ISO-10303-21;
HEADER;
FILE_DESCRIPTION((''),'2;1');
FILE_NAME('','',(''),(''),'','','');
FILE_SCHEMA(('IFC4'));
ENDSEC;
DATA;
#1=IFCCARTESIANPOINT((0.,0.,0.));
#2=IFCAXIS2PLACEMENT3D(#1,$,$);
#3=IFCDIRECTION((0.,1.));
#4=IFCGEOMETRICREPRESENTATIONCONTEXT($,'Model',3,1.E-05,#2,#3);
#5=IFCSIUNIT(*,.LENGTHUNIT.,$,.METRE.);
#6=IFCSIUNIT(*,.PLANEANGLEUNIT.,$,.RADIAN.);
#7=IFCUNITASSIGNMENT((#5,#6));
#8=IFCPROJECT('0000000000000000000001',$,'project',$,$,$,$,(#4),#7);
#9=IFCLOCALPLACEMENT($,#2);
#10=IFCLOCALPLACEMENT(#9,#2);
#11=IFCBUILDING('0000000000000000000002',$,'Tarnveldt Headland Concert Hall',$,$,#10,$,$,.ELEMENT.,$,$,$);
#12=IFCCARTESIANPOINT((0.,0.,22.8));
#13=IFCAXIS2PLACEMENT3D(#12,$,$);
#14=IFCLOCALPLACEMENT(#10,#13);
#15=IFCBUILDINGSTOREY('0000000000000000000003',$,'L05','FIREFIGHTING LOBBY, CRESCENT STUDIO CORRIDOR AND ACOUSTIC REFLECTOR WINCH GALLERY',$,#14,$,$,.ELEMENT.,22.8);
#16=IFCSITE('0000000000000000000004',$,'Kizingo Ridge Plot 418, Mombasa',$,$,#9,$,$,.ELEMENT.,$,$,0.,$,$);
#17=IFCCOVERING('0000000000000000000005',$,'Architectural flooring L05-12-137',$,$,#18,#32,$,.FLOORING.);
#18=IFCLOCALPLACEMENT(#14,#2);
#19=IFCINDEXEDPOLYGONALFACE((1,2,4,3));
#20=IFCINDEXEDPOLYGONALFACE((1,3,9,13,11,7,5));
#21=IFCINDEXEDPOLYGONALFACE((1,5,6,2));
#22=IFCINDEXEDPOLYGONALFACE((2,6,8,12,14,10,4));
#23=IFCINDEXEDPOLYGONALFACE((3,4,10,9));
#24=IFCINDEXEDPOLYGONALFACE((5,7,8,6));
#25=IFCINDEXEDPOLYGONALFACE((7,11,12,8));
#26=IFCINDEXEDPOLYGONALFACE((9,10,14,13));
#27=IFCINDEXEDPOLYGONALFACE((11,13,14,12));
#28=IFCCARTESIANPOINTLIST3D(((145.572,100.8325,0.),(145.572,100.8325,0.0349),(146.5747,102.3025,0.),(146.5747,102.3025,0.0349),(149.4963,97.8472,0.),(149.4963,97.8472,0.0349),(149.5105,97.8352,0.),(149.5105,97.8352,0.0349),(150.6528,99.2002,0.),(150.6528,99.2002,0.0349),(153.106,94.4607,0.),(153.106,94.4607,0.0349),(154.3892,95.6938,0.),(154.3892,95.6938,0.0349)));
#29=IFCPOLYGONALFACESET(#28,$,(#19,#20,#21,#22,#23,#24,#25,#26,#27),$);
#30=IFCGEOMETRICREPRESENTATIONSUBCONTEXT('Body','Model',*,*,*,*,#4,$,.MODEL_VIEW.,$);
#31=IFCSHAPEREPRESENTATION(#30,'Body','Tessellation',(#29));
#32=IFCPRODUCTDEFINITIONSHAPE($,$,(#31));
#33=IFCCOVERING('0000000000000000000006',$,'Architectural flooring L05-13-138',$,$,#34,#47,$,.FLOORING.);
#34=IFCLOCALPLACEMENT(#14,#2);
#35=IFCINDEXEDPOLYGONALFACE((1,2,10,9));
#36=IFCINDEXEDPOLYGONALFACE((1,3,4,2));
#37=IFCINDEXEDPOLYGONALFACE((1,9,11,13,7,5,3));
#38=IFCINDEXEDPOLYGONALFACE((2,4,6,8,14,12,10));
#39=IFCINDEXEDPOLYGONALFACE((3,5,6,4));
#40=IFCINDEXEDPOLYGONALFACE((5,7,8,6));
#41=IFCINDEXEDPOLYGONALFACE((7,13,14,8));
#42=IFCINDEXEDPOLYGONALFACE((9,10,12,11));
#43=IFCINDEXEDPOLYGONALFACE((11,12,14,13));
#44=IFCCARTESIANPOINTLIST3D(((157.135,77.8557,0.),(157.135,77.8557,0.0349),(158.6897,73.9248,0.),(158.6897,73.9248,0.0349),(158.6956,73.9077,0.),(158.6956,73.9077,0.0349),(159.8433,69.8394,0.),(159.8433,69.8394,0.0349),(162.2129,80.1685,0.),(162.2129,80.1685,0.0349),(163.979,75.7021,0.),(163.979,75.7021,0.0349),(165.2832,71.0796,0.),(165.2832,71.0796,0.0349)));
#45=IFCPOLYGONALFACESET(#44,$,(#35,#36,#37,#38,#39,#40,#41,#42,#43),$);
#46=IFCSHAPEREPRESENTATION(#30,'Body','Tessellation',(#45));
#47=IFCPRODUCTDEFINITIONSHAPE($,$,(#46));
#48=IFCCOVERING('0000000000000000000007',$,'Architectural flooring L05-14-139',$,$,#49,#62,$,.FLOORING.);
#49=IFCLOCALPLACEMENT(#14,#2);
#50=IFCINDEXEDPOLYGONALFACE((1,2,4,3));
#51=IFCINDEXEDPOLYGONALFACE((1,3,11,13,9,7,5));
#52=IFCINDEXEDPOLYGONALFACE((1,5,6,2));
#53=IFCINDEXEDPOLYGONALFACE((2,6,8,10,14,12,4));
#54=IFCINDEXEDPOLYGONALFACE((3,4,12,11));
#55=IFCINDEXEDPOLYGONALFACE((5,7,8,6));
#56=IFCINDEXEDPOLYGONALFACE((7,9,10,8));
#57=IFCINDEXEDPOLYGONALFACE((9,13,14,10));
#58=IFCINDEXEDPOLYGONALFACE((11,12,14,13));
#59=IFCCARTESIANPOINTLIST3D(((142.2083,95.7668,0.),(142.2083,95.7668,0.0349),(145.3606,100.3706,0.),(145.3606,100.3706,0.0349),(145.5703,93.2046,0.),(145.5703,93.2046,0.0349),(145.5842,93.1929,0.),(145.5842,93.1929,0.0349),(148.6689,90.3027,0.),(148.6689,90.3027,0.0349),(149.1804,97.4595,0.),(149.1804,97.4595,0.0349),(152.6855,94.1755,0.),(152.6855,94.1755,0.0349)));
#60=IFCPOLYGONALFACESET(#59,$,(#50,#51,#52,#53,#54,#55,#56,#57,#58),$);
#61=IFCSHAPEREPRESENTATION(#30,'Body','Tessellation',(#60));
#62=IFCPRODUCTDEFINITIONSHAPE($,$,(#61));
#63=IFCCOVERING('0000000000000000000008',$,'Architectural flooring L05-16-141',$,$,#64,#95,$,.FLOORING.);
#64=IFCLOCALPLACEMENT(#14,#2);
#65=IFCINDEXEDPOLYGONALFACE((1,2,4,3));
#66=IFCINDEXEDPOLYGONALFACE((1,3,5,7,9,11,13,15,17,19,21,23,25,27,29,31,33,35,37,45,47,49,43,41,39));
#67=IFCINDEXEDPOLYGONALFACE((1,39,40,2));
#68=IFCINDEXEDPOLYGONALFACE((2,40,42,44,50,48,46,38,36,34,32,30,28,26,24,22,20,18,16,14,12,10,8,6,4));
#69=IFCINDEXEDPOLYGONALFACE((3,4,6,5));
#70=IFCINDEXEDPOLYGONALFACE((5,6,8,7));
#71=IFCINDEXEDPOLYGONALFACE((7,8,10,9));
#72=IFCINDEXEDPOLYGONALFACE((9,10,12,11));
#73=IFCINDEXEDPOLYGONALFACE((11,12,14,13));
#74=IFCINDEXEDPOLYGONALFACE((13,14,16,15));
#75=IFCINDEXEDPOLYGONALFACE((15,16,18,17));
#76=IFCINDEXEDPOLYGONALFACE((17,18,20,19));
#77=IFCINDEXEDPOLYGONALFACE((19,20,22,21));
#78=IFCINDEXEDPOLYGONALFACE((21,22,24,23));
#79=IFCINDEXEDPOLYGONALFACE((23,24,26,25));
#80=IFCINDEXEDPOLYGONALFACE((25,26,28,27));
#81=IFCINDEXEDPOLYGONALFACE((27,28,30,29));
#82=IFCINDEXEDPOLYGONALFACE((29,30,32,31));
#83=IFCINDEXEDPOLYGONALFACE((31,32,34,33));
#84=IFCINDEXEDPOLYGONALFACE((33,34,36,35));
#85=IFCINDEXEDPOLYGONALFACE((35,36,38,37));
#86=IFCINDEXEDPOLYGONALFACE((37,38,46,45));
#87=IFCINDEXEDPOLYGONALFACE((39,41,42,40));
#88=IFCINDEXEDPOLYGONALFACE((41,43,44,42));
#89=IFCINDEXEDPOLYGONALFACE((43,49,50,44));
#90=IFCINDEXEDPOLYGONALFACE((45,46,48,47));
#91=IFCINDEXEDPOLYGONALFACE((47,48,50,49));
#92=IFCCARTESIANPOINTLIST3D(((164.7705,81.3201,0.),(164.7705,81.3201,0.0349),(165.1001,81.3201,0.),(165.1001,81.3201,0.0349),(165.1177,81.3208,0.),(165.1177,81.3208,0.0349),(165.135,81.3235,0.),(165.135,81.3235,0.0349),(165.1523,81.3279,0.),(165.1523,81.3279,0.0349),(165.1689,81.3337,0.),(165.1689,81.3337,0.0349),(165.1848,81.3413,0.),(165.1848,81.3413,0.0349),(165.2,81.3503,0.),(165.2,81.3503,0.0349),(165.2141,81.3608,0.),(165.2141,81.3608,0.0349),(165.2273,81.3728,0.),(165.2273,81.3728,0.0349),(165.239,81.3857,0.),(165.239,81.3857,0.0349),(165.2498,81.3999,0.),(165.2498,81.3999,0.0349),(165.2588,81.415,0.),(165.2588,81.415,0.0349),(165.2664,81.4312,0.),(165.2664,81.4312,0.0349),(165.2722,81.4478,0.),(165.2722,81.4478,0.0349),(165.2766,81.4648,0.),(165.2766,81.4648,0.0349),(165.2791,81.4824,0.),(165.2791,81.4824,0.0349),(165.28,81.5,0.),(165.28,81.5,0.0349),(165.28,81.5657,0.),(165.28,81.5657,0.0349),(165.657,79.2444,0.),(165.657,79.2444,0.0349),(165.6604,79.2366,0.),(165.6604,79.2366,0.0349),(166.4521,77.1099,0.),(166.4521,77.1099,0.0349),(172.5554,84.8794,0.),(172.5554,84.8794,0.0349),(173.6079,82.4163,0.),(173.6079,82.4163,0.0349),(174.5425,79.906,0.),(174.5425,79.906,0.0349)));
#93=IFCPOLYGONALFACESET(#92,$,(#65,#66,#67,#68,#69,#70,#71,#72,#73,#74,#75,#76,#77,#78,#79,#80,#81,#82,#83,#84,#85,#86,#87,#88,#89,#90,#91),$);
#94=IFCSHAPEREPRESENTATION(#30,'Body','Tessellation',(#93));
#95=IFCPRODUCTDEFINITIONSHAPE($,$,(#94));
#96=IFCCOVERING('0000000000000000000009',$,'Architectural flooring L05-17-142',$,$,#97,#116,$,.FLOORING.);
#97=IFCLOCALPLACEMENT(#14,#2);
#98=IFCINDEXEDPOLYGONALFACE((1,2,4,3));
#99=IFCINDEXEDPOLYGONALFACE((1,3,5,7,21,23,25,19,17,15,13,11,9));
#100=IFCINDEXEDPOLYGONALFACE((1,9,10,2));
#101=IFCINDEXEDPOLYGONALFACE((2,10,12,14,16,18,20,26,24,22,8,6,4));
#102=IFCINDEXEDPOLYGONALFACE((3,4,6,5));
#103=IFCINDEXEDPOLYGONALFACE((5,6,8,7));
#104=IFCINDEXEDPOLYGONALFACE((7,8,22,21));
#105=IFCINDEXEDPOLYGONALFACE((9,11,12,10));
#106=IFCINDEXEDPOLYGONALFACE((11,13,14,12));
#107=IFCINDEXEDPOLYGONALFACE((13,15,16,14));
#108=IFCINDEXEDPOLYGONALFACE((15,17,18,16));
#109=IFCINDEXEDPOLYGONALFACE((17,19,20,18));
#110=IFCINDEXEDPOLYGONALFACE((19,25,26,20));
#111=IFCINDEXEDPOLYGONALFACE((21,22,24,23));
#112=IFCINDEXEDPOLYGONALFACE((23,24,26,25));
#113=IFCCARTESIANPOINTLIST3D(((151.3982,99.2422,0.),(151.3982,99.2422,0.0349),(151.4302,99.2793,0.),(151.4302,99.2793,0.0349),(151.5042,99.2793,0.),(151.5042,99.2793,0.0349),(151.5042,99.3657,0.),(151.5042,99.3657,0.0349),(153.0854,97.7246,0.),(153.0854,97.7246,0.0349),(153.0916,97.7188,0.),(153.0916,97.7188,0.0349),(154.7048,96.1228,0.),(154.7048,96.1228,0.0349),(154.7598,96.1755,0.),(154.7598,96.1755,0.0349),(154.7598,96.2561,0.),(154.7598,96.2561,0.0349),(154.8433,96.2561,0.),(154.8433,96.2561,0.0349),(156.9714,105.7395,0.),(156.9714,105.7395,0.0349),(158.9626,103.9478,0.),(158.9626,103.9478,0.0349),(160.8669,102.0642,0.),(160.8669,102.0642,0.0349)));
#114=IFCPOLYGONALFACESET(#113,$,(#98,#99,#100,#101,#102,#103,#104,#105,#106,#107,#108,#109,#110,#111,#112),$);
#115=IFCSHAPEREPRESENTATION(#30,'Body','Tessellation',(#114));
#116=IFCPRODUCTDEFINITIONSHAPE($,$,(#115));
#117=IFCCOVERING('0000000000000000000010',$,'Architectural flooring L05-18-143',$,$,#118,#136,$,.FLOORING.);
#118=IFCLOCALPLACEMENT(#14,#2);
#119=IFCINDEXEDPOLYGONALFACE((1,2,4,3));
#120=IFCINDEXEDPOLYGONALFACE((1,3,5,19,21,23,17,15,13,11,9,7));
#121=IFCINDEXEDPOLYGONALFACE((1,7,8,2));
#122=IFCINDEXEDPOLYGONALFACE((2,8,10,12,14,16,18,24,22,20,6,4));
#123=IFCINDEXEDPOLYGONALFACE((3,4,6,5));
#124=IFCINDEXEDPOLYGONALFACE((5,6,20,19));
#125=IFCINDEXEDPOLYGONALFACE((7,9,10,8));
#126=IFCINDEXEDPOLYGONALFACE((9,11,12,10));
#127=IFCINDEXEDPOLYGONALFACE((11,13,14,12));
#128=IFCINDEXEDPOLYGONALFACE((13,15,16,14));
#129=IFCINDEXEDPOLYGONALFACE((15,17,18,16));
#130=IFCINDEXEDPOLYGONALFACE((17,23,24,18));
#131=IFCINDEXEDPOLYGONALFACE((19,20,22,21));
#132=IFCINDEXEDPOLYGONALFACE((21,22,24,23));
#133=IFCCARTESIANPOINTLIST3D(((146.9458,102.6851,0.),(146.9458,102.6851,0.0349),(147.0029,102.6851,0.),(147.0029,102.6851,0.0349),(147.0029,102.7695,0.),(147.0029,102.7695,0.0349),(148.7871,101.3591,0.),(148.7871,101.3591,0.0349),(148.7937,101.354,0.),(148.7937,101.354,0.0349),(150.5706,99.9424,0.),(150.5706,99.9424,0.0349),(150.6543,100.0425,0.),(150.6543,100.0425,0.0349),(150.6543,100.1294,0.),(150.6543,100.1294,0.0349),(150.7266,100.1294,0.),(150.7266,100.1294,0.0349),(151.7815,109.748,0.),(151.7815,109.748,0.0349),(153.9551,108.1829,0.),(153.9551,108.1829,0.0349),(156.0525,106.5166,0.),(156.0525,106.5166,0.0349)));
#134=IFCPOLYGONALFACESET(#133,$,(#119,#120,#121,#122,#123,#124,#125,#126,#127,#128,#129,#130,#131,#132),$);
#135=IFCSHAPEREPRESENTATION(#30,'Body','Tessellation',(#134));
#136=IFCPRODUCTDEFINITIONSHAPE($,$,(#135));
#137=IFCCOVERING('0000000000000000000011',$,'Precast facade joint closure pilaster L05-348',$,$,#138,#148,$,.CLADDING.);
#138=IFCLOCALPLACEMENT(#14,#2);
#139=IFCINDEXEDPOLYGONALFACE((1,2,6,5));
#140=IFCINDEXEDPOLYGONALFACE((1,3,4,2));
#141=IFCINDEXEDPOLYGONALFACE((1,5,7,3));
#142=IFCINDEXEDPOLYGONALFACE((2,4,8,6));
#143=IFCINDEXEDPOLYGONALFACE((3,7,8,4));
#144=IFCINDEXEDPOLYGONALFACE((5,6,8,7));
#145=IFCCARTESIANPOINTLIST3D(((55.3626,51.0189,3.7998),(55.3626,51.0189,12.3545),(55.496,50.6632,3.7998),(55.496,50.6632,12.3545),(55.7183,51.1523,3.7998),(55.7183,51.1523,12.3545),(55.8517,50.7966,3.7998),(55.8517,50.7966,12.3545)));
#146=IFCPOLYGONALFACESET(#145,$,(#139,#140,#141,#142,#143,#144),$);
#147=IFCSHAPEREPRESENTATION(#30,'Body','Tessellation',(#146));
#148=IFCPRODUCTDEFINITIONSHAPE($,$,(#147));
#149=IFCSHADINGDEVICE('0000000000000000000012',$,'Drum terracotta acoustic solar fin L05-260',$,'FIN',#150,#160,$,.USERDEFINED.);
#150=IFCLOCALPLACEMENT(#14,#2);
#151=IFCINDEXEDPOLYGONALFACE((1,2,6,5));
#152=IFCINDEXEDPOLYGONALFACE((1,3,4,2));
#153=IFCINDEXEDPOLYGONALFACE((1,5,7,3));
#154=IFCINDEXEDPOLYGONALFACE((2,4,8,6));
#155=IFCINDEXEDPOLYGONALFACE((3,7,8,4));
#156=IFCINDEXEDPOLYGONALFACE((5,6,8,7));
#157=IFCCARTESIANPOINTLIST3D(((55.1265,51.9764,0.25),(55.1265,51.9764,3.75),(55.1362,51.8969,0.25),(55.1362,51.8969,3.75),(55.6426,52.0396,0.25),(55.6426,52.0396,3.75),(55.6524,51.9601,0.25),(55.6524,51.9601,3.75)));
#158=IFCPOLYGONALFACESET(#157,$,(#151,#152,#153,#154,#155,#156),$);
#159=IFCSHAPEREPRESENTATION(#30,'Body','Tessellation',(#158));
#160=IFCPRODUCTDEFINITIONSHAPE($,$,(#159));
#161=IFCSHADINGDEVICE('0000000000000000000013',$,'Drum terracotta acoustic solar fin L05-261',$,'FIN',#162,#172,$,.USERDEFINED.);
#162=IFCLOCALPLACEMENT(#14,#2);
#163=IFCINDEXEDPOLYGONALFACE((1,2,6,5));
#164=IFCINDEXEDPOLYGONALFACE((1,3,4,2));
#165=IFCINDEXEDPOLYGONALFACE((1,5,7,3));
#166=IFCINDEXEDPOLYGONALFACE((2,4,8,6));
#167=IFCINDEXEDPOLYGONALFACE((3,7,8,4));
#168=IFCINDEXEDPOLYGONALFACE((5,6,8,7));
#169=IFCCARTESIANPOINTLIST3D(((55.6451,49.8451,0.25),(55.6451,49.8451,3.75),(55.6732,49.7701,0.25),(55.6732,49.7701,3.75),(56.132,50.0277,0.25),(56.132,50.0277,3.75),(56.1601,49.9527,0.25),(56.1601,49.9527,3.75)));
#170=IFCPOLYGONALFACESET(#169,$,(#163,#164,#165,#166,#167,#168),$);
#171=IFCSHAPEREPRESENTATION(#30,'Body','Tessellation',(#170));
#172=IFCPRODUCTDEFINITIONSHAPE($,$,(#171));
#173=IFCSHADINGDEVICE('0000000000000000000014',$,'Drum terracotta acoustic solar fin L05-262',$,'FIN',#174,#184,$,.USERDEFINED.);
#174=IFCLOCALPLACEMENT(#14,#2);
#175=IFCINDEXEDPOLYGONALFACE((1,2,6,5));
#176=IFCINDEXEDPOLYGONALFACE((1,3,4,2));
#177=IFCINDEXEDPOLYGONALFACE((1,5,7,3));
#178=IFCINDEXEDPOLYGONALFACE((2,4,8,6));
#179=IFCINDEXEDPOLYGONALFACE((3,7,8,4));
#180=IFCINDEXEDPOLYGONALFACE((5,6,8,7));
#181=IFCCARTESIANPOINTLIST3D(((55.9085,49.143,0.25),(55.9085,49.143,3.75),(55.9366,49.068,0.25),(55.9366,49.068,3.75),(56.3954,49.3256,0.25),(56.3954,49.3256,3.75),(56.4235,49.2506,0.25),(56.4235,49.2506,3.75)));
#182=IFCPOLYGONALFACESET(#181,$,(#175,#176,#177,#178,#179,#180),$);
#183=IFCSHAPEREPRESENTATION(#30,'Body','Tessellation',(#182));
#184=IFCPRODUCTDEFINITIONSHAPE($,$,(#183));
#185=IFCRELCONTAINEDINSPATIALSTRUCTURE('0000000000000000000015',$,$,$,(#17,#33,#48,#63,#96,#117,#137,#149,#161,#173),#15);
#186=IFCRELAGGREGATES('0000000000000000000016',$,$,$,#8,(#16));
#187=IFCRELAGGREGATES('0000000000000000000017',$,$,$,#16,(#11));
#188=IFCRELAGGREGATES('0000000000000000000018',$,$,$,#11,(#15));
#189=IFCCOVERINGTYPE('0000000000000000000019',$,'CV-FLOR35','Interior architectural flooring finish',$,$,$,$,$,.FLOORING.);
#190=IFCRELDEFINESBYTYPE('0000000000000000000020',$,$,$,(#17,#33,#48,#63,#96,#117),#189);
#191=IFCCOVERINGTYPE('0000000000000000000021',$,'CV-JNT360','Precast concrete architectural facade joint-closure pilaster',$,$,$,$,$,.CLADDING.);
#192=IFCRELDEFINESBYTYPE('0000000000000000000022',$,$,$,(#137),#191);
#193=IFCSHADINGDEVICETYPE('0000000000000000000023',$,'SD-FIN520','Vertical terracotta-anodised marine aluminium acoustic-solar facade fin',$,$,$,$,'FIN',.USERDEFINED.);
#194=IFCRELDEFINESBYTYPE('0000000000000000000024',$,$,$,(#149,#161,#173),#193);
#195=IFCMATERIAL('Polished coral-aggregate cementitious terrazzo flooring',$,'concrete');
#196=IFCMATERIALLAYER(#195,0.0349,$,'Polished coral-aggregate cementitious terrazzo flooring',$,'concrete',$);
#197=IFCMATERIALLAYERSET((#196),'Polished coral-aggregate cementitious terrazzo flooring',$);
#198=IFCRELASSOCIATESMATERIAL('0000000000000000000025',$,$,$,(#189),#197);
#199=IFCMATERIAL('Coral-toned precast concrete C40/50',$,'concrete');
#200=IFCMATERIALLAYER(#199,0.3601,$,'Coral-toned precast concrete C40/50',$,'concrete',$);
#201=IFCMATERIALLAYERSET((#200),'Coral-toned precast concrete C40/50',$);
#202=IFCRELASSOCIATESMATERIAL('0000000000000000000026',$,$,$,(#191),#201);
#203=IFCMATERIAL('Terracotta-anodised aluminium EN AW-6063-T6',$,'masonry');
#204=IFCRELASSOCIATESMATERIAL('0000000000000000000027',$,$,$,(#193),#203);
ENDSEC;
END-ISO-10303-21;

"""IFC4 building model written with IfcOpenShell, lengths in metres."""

from ifc_helpers import new_model, si_unit, direction, frame, origin, origin_2d, place, context, subcontext, project, spatial, polyline, rectangle, outline, extrude, material, layer, layer_set, type_object, element, save


model = new_model("IFC4")

# Units and contexts
model_context = context("Model", 3, precision=1e-05, world=origin(), true_north=direction((0.0, 1.0)))
body_context = subcontext(model_context, "Body", "Model", "MODEL_VIEW")
ifc_project = project(units=[si_unit("LENGTHUNIT", "METRE"), si_unit("PLANEANGLEUNIT", "RADIAN")], contexts=[model_context])

# Site, building, storey
site_placement = place(None, origin())
site = spatial("IfcSite", under=ifc_project, at=site_placement, Name="Kizingo Ridge Plot 418, Mombasa", CompositionType="ELEMENT", RefElevation=0.0)
building_placement = place(site_placement, origin())
building = spatial("IfcBuilding", under=site, at=building_placement, Name="Tarnveldt Headland Concert Hall", CompositionType="ELEMENT")
storey_placement = place(building_placement, frame((0.0, 0.0, 22.8)))
storey = spatial("IfcBuildingStorey", under=building, at=storey_placement, Name="L05", Description="FIREFIGHTING LOBBY, CRESCENT STUDIO CORRIDOR AND ACOUSTIC REFLECTOR WINCH GALLERY", CompositionType="ELEMENT", Elevation=22.8)

# Shared definitions
ifc_material_1 = material(Name="Coral-toned precast concrete C40/50", Category="concrete")

# Coverings
ifc_material_2 = material(Name="Polished coral-aggregate cementitious terrazzo flooring", Category="concrete")
ifc_layer_1 = layer(ifc_material_2, 0.0349, Name="Polished coral-aggregate cementitious terrazzo flooring", Category="concrete")
ifc_layer_set_1 = layer_set([ifc_layer_1], Name="Polished coral-aggregate cementitious terrazzo flooring")
covering_type_1 = type_object("IfcCoveringType", Name="CV-FLOR35", Description="Interior architectural flooring finish", PredefinedType="FLOORING", material=ifc_layer_set_1)
covering_1_placement = place(storey_placement, origin())
element("IfcCovering", 1, at=covering_1_placement, inside=storey, type_object=covering_type_1, Name="Architectural flooring L05-12-137", PredefinedType="FLOORING", context=body_context, shape_type="SweptSolid", body=[
    extrude(outline(polyline([(153.106, 94.4607), (149.5105, 97.8352), (149.4963, 97.8472), (145.572, 100.8325), (146.5747, 102.3025), (150.6528, 99.2002), (154.3892, 95.6938), (153.106, 94.4607)])), origin(), (0.0, 0.0, 1.0), 0.0349),
])
covering_2_placement = place(storey_placement, origin())
element("IfcCovering", 2, at=covering_2_placement, inside=storey, type_object=covering_type_1, Name="Architectural flooring L05-13-138", PredefinedType="FLOORING", context=body_context, shape_type="SweptSolid", body=[
    extrude(outline(polyline([(159.8433, 69.8394), (158.6956, 73.9077), (158.6897, 73.9248), (157.135, 77.8557), (162.2129, 80.1685), (163.979, 75.7021), (165.2832, 71.0796), (159.8433, 69.8394)])), origin(), (0.0, 0.0, 1.0), 0.0349),
])
covering_3_placement = place(storey_placement, origin())
element("IfcCovering", 3, at=covering_3_placement, inside=storey, type_object=covering_type_1, Name="Architectural flooring L05-14-139", PredefinedType="FLOORING", context=body_context, shape_type="SweptSolid", body=[
    extrude(outline(polyline([(148.6689, 90.3027), (145.5842, 93.1929), (145.5703, 93.2046), (142.2083, 95.7668), (145.3606, 100.3706), (149.1804, 97.4595), (152.6855, 94.1755), (148.6689, 90.3027)])), origin(), (0.0, 0.0, 1.0), 0.0349),
])
covering_4_placement = place(storey_placement, origin())
element("IfcCovering", 4, at=covering_4_placement, inside=storey, type_object=covering_type_1, Name="Architectural flooring L05-16-141", PredefinedType="FLOORING", context=body_context, shape_type="SweptSolid", body=[
    extrude(outline(polyline([(165.1001, 81.3201), (165.1177, 81.3208), (165.135, 81.3235), (165.1523, 81.3279), (165.1689, 81.3337), (165.1848, 81.3413), (165.2, 81.3503), (165.2141, 81.3608), (165.2273, 81.3728), (165.239, 81.3857), (165.2498, 81.3999), (165.2588, 81.415), (165.2664, 81.4312), (165.2722, 81.4478), (165.2766, 81.4648), (165.2791, 81.4824), (165.28, 81.5), (165.28, 81.5657), (172.5554, 84.8794), (173.6079, 82.4163), (174.5425, 79.906), (166.4521, 77.1099), (165.6604, 79.2366), (165.657, 79.2444), (164.7705, 81.3201), (165.1001, 81.3201)])), origin(), (0.0, 0.0, 1.0), 0.0349),
])
covering_5_placement = place(storey_placement, origin())
element("IfcCovering", 5, at=covering_5_placement, inside=storey, type_object=covering_type_1, Name="Architectural flooring L05-17-142", PredefinedType="FLOORING", context=body_context, shape_type="SweptSolid", body=[
    extrude(outline(polyline([(154.7598, 96.1755), (154.7048, 96.1228), (153.0916, 97.7188), (153.0854, 97.7246), (151.3982, 99.2422), (151.4302, 99.2793), (151.5042, 99.2793), (151.5042, 99.3657), (156.9714, 105.7395), (158.9626, 103.9478), (160.8669, 102.0642), (154.8433, 96.2561), (154.7598, 96.2561), (154.7598, 96.1755)])), origin(), (0.0, 0.0, 1.0), 0.0349),
])
covering_6_placement = place(storey_placement, origin())
element("IfcCovering", 6, at=covering_6_placement, inside=storey, type_object=covering_type_1, Name="Architectural flooring L05-18-143", PredefinedType="FLOORING", context=body_context, shape_type="SweptSolid", body=[
    extrude(outline(polyline([(150.6543, 100.0425), (150.5706, 99.9424), (148.7937, 101.354), (148.7871, 101.3591), (146.9458, 102.6851), (147.0029, 102.6851), (147.0029, 102.7695), (151.7815, 109.748), (153.9551, 108.1829), (156.0525, 106.5166), (150.7266, 100.1294), (150.6543, 100.1294), (150.6543, 100.0425)])), origin(), (0.0, 0.0, 1.0), 0.0349),
])
ifc_layer_2 = layer(ifc_material_1, 0.3601, Name="Coral-toned precast concrete C40/50", Category="concrete")
ifc_layer_set_2 = layer_set([ifc_layer_2], Name="Coral-toned precast concrete C40/50")
covering_type_2 = type_object("IfcCoveringType", Name="CV-JNT360", Description="Precast concrete architectural facade joint-closure pilaster", PredefinedType="CLADDING", material=ifc_layer_set_2)
covering_7_placement = place(storey_placement, frame((55.6072, 50.9077, 3.7998), z_axis=(0.0, 0.0, 1.0), x_axis=(-0.936305, -0.351188, 0.0)))
element("IfcCovering", 7, at=covering_7_placement, inside=storey, type_object=covering_type_2, Name="Precast facade joint closure pilaster L05-348", PredefinedType="CLADDING", context=body_context, shape_type="SweptSolid", body=[
    extrude(rectangle(XDim=0.3799, YDim=0.3799, at=origin_2d()), origin(), (0.0, 0.0, 1.0), 8.5547),
])

# Shading devices
ifc_material_3 = material(Name="Terracotta-anodised aluminium EN AW-6063-T6", Category="masonry")
shading_device_type = type_object("IfcShadingDeviceType", Name="SD-FIN520", Description="Vertical terracotta-anodised marine aluminium acoustic-solar facade fin", ElementType="FIN", PredefinedType="USERDEFINED", material=ifc_material_3)
for number, where, z_axis, x_axis, name in (
    (8, (55.3894, 51.9683, 0.25), (0.0, 0.0, 1.0), (-0.992589, -0.121523, 0.0), "Drum terracotta acoustic solar fin L05-260"),
    (9, (55.9026, 49.8989, 0.25), (0.0, 0.0, 1.0), (-0.936305, -0.351188, 0.0), "Drum terracotta acoustic solar fin L05-261"),
    (10, (56.166, 49.1968, 0.25), (0.0, 0.0, 1.0), (-0.936305, -0.351188, 0.0), "Drum terracotta acoustic solar fin L05-262"),
):
    element("IfcShadingDevice", number, at=place(storey_placement, frame(where, z_axis=z_axis, x_axis=x_axis)), inside=storey, type_object=shading_device_type, Name=name, ObjectType="FIN", PredefinedType="USERDEFINED", context=body_context, shape_type="SweptSolid", body=[
        extrude(rectangle(XDim=0.52, YDim=0.0801, at=origin_2d()), origin(), (0.0, 0.0, 1.0), 3.5),
    ])

save(model, "model.ifc")
